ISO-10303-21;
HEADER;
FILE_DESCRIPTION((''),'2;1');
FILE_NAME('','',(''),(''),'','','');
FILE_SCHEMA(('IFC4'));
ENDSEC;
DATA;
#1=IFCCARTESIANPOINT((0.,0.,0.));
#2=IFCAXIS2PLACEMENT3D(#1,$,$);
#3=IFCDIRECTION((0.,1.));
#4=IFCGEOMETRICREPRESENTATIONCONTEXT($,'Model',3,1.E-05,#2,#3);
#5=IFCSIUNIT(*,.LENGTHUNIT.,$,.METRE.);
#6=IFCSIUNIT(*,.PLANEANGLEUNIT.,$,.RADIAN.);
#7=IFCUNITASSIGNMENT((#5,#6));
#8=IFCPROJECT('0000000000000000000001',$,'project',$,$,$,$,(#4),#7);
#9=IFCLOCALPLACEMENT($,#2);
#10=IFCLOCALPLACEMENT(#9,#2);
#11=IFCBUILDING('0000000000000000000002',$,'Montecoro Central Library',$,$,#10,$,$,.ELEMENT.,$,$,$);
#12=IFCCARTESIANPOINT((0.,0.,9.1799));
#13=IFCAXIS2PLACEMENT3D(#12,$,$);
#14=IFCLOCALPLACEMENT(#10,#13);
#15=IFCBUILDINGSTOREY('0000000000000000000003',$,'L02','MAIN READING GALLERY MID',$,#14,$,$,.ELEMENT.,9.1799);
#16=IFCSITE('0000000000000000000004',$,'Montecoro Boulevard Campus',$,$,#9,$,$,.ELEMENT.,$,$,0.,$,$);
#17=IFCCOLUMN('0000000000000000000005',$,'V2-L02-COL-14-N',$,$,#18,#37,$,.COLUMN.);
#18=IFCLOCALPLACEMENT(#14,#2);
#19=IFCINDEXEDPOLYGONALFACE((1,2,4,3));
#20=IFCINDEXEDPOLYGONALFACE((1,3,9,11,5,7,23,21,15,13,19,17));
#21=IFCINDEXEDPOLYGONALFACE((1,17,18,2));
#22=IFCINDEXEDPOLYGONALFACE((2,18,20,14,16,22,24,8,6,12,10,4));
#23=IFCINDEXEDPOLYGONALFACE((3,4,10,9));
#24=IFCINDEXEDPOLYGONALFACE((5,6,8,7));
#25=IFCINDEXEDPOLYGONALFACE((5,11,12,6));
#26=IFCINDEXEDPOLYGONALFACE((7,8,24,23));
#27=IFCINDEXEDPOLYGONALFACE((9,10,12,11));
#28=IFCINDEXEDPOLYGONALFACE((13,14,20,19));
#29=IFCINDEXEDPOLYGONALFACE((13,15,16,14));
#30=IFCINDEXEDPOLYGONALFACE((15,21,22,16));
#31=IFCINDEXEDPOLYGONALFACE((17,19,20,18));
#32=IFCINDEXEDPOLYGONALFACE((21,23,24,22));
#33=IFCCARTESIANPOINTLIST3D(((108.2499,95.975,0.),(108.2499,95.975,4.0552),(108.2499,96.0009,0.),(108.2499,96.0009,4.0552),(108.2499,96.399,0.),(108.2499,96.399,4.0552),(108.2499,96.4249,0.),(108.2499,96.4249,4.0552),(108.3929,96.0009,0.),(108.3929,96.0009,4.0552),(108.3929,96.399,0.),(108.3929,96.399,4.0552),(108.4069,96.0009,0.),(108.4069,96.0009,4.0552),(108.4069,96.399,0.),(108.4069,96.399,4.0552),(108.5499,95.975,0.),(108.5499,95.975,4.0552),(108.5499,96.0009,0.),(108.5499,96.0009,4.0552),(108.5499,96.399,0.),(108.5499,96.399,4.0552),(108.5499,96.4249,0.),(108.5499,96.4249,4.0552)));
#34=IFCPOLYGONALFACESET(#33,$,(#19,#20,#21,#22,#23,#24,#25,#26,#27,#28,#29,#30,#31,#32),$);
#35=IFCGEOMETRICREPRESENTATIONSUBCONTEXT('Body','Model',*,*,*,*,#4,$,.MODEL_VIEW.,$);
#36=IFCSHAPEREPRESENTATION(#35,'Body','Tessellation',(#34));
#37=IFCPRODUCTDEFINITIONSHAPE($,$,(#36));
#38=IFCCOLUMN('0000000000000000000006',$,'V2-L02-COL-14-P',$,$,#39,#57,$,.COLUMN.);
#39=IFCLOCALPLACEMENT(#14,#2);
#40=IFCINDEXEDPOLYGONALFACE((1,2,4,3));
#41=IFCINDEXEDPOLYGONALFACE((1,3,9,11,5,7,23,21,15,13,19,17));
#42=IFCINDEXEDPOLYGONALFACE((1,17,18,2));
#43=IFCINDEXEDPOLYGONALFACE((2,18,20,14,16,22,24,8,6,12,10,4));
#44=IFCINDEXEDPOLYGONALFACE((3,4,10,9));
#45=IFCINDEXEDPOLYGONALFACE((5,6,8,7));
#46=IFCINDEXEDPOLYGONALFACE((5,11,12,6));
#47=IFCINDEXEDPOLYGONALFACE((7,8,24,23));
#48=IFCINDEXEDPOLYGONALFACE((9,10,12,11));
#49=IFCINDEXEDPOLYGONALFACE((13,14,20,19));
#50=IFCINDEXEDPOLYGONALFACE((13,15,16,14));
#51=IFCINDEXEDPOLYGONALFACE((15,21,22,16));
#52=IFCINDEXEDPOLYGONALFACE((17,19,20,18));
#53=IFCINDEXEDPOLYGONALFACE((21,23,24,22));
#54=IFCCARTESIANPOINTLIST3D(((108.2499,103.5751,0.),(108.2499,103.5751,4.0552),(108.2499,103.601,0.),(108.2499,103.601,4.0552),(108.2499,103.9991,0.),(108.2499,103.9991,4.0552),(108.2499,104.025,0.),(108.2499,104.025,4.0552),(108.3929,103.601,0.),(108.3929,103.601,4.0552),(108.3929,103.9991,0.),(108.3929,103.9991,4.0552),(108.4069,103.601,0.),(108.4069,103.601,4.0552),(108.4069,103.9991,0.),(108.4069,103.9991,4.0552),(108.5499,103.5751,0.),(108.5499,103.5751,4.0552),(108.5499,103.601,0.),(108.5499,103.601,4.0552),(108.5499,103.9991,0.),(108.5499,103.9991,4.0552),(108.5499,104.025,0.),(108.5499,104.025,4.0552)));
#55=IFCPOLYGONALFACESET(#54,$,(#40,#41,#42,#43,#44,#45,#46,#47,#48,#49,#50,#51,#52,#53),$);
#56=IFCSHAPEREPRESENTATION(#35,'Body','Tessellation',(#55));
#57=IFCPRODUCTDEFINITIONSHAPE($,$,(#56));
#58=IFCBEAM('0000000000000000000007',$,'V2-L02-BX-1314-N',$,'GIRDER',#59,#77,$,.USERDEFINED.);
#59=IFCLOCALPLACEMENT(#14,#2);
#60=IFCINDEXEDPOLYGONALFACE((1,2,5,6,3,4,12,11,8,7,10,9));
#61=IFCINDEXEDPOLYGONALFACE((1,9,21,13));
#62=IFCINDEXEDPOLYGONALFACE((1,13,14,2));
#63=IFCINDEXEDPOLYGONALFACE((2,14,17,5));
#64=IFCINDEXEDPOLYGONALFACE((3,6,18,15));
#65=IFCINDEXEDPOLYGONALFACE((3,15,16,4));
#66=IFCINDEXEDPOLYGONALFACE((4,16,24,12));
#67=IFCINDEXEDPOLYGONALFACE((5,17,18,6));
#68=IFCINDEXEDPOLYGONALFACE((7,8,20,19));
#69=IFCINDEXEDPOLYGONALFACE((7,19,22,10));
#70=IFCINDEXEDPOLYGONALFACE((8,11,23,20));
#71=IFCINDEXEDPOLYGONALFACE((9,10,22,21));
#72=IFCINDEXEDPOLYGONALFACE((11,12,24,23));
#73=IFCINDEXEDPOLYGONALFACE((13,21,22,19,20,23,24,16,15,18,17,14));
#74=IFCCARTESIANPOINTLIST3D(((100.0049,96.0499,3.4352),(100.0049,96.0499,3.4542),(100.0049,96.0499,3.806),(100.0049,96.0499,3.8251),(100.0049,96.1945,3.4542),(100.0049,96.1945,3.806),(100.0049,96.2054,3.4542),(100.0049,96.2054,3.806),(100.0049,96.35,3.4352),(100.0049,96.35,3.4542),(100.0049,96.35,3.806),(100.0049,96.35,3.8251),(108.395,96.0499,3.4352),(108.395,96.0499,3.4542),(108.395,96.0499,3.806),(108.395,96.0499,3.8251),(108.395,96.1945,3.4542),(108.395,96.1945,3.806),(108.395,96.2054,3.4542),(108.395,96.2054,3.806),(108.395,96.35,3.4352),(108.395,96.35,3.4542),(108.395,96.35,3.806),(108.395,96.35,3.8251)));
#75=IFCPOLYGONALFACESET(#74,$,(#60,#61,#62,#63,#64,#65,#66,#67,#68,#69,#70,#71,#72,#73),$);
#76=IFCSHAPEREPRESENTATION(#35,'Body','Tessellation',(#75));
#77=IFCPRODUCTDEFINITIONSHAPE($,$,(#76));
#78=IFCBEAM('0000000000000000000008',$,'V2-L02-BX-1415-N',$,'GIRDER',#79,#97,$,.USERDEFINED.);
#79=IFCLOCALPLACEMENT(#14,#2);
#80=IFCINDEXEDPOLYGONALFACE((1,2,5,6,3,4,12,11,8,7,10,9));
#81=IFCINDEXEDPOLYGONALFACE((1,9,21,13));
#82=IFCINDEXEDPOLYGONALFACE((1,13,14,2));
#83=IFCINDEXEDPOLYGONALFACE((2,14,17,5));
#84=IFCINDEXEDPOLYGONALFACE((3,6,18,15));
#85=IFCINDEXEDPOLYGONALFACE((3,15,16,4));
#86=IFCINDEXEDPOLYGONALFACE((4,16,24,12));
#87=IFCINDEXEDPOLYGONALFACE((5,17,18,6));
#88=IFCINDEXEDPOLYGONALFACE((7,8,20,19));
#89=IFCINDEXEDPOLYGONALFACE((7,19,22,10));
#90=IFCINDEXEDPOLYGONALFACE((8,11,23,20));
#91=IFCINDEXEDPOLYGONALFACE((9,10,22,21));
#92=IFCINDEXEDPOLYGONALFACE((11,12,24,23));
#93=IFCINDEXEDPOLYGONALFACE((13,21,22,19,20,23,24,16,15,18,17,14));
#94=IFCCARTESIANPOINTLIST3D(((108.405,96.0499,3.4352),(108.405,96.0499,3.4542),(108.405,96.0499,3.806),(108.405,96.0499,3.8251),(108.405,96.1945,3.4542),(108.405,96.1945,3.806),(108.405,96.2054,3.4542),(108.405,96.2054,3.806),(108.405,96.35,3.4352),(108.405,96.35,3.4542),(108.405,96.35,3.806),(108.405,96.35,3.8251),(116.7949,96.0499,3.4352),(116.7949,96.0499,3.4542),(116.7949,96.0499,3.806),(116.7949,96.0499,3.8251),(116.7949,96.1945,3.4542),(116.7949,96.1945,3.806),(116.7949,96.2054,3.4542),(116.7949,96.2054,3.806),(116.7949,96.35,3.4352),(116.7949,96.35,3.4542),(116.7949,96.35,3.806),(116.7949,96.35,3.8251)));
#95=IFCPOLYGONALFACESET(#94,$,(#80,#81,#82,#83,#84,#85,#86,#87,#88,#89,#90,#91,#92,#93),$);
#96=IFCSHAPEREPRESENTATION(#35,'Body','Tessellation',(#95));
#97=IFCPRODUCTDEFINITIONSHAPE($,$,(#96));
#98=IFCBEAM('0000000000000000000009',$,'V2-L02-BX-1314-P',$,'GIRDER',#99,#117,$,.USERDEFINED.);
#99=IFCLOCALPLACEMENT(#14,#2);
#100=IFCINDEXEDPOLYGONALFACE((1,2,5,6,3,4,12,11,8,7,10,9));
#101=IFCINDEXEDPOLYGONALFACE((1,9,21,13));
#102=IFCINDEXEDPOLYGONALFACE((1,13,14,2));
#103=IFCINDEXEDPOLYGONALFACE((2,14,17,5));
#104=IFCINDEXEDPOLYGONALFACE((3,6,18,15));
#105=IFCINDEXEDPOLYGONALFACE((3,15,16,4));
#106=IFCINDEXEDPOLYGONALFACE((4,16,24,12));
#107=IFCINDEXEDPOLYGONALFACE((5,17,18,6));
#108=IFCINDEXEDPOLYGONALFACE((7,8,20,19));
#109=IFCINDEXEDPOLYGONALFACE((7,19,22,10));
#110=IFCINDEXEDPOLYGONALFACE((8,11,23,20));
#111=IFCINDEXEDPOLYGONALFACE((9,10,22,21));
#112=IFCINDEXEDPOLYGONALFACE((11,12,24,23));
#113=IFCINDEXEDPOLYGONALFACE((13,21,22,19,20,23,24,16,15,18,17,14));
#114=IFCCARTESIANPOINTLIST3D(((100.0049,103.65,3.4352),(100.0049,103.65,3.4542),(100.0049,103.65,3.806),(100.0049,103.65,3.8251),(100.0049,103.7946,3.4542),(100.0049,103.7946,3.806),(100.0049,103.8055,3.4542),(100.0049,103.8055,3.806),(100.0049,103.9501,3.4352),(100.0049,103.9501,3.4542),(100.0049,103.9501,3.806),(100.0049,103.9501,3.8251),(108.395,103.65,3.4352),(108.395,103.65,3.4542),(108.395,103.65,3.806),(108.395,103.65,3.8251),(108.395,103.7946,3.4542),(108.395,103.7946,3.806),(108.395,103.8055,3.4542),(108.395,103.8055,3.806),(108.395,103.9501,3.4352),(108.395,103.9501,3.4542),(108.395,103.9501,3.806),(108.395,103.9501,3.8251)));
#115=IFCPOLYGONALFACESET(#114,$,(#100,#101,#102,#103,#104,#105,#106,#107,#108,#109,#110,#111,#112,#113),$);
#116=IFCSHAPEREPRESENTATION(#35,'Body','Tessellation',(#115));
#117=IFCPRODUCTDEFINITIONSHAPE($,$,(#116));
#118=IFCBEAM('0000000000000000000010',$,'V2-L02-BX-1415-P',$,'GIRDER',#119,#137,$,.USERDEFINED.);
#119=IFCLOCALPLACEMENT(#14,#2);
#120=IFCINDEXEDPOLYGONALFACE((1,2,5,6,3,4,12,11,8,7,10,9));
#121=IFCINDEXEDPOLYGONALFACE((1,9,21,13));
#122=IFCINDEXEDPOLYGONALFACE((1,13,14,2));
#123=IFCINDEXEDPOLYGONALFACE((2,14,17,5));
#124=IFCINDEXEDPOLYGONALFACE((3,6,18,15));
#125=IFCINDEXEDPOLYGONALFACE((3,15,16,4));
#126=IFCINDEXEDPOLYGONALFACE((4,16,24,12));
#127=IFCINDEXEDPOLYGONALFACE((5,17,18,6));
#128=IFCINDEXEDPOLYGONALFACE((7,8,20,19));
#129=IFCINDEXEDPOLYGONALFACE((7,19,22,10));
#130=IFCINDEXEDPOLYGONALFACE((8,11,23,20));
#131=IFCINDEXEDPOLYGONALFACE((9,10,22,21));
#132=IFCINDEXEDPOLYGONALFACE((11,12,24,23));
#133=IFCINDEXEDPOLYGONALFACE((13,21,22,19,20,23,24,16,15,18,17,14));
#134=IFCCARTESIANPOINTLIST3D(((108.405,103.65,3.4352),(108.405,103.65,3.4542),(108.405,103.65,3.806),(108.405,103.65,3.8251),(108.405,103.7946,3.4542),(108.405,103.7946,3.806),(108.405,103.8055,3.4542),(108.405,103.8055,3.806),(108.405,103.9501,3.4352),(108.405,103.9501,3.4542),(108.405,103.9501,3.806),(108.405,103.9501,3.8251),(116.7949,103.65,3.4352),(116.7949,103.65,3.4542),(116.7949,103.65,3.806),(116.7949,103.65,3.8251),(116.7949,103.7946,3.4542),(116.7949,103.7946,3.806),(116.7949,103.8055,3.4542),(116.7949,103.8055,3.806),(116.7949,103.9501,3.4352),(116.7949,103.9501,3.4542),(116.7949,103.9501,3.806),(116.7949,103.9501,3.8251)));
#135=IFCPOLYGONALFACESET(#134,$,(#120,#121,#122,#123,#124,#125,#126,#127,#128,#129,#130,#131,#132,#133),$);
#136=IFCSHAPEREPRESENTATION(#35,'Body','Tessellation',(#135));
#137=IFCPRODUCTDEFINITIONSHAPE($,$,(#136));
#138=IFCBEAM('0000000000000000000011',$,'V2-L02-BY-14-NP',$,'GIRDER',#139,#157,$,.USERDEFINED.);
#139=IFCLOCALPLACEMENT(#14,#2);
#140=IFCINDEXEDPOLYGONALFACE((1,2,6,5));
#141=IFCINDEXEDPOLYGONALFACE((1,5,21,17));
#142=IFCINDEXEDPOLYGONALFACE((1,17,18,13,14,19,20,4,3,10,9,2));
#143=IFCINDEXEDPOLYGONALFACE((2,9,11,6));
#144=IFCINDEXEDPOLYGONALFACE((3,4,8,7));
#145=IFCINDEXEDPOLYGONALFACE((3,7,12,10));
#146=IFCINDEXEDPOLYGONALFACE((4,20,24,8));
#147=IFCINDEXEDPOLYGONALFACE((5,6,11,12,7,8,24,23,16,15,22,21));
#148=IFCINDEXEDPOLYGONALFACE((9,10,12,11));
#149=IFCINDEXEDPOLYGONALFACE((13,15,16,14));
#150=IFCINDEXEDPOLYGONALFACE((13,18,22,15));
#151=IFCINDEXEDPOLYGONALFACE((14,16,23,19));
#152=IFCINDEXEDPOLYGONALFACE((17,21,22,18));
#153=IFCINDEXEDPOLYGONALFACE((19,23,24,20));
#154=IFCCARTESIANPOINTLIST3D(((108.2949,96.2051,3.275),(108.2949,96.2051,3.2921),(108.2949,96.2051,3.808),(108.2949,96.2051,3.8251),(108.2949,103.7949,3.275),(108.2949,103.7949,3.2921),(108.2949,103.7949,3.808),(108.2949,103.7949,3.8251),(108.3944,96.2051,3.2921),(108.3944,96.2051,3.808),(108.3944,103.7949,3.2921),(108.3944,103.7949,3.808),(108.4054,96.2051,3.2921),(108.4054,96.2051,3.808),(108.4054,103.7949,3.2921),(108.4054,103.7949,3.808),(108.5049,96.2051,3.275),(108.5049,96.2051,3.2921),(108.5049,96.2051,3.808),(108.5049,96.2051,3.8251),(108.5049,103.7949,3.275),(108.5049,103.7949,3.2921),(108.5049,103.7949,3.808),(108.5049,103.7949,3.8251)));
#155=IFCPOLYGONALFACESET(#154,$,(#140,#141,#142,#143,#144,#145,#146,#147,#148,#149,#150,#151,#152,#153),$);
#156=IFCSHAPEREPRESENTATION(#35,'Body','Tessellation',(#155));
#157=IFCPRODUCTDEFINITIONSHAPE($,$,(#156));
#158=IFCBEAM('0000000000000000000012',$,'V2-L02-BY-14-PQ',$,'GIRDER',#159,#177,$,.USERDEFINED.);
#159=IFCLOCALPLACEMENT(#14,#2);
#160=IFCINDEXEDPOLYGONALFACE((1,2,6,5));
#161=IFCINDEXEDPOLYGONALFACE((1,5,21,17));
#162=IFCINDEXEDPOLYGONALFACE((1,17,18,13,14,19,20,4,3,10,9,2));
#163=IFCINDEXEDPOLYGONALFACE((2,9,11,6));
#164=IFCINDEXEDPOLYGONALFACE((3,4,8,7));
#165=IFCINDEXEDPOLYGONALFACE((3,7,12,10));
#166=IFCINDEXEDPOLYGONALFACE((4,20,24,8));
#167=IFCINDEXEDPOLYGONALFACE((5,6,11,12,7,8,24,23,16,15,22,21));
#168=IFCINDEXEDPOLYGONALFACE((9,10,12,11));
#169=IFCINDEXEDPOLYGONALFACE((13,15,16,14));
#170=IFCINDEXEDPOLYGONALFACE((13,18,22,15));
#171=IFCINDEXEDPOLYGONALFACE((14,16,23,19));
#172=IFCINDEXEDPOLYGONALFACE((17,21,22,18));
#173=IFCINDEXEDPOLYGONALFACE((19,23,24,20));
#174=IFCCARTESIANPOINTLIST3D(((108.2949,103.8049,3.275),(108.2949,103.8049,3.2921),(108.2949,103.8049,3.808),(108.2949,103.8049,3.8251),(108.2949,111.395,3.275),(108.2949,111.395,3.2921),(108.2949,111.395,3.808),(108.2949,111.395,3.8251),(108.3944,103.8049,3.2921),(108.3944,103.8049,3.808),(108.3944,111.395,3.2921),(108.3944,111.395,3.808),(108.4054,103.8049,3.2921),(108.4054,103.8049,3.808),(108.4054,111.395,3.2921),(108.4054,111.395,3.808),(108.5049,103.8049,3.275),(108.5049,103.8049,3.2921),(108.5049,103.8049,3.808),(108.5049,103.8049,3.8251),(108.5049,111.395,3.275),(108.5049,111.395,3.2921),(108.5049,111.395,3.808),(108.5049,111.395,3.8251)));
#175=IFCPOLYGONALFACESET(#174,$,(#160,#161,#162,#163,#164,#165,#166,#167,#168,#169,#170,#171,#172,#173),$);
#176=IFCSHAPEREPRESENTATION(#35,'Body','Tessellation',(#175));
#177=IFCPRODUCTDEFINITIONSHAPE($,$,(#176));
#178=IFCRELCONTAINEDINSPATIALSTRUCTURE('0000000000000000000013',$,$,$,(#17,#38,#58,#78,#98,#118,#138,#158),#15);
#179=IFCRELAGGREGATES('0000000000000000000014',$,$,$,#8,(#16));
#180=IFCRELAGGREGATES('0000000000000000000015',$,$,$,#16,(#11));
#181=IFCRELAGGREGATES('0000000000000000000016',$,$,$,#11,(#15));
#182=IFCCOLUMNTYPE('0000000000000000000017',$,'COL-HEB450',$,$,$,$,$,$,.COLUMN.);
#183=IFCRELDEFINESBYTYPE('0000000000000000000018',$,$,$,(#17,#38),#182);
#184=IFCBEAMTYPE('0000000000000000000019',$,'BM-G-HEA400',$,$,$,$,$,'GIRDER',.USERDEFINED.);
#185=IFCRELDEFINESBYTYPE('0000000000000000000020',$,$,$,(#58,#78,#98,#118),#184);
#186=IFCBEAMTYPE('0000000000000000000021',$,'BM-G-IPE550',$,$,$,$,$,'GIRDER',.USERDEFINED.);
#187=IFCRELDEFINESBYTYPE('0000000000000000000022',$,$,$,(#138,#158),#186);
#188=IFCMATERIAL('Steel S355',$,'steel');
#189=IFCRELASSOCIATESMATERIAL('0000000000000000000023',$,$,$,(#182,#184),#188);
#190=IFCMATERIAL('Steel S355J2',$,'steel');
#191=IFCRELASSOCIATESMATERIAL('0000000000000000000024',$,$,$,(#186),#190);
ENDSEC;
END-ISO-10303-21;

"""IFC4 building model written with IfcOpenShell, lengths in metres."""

from ifc_helpers import new_model, si_unit, direction, frame, origin, origin_2d, place, context, subcontext, project, spatial, i_section, extrude, material, material_profile, profile_set, type_object, element, save


model = new_model("IFC4")

# Units and contexts
model_context = context("Model", 3, precision=1e-05, world=origin(), true_north=direction((0.0, 1.0)))
body_context = subcontext(model_context, "Body", "Model", "MODEL_VIEW")
ifc_project = project(units=[si_unit("LENGTHUNIT", "METRE"), si_unit("PLANEANGLEUNIT", "RADIAN")], contexts=[model_context])

# Site, building, storey
site_placement = place(None, origin())
site = spatial("IfcSite", under=ifc_project, at=site_placement, Name="Montecoro Boulevard Campus", CompositionType="ELEMENT", RefElevation=0.0)
building_placement = place(site_placement, origin())
building = spatial("IfcBuilding", under=site, at=building_placement, Name="Montecoro Central Library", CompositionType="ELEMENT")
storey_placement = place(building_placement, frame((0.0, 0.0, 9.1799)))
storey = spatial("IfcBuildingStorey", under=building, at=storey_placement, Name="L02", Description="MAIN READING GALLERY MID", CompositionType="ELEMENT", Elevation=9.1799)

# Columns
ifc_material_1 = material(Name="Steel S355", Category="steel")
ifc_material_profile_1 = material_profile(ifc_material_1, i_section(OverallWidth=0.3, OverallDepth=0.45, WebThickness=0.0139, FlangeThickness=0.0259, at=origin_2d()), Name="HEB 450")
ifc_profile_set_1 = profile_set([ifc_material_profile_1], Name="Steel S355")
column_type = type_object("IfcColumnType", Name="COL-HEB450", PredefinedType="COLUMN", material=ifc_profile_set_1)
for number, where, z_axis, x_axis, name in (
    (1, (108.3999, 96.2, 0.0), (0.0, 0.0, 1.0), (1.0, 0.0, 0.0), "V2-L02-COL-14-N"),
    (2, (108.3999, 103.8, 0.0), (0.0, 0.0, 1.0), (1.0, 0.0, 0.0), "V2-L02-COL-14-P"),
):
    element("IfcColumn", number, at=place(storey_placement, frame(where, z_axis=z_axis, x_axis=x_axis)), inside=storey, type_object=column_type, Name=name, PredefinedType="COLUMN", context=body_context, shape_type="SweptSolid", body=[
        extrude(i_section(OverallWidth=0.3, OverallDepth=0.45, WebThickness=0.0139, FlangeThickness=0.0259, at=origin_2d()), origin(), (0.0, 0.0, 1.0), 4.0552),
    ])

# Beams
ifc_material_profile_2 = material_profile(ifc_material_1, i_section(OverallWidth=0.3, OverallDepth=0.3899, WebThickness=0.011, FlangeThickness=0.019, at=origin_2d()), Name="HEA 400")
ifc_profile_set_2 = profile_set([ifc_material_profile_2], Name="Steel S355")
beam_type_1 = type_object("IfcBeamType", Name="BM-G-HEA400", ElementType="GIRDER", PredefinedType="USERDEFINED", material=ifc_profile_set_2)
beam_1_placement = place(storey_placement, frame((100.0049, 96.2, 3.6301), z_axis=(1.0, 0.0, 0.0), x_axis=(0.0, 1.0, 0.0)))
element("IfcBeam", 3, at=beam_1_placement, inside=storey, type_object=beam_type_1, Name="V2-L02-BX-1314-N", ObjectType="GIRDER", PredefinedType="USERDEFINED", context=body_context, shape_type="SweptSolid", body=[
    extrude(i_section(OverallWidth=0.3, OverallDepth=0.3899, WebThickness=0.011, FlangeThickness=0.019, at=origin_2d()), origin(), (0.0, 0.0, 1.0), 8.3901),
])
beam_2_placement = place(storey_placement, frame((108.405, 96.2, 3.6301), z_axis=(1.0, 0.0, 0.0), x_axis=(0.0, 1.0, 0.0)))
element("IfcBeam", 4, at=beam_2_placement, inside=storey, type_object=beam_type_1, Name="V2-L02-BX-1415-N", ObjectType="GIRDER", PredefinedType="USERDEFINED", context=body_context, shape_type="SweptSolid", body=[
    extrude(i_section(OverallWidth=0.3, OverallDepth=0.3899, WebThickness=0.011, FlangeThickness=0.019, at=origin_2d()), origin(), (0.0, 0.0, 1.0), 8.3899),
])
beam_3_placement = place(storey_placement, frame((100.0049, 103.8, 3.6301), z_axis=(1.0, 0.0, 0.0), x_axis=(0.0, 1.0, 0.0)))
element("IfcBeam", 5, at=beam_3_placement, inside=storey, type_object=beam_type_1, Name="V2-L02-BX-1314-P", ObjectType="GIRDER", PredefinedType="USERDEFINED", context=body_context, shape_type="SweptSolid", body=[
    extrude(i_section(OverallWidth=0.3, OverallDepth=0.3899, WebThickness=0.011, FlangeThickness=0.019, at=origin_2d()), origin(), (0.0, 0.0, 1.0), 8.3901),
])
beam_4_placement = place(storey_placement, frame((108.405, 103.8, 3.6301), z_axis=(1.0, 0.0, 0.0), x_axis=(0.0, 1.0, 0.0)))
element("IfcBeam", 6, at=beam_4_placement, inside=storey, type_object=beam_type_1, Name="V2-L02-BX-1415-P", ObjectType="GIRDER", PredefinedType="USERDEFINED", context=body_context, shape_type="SweptSolid", body=[
    extrude(i_section(OverallWidth=0.3, OverallDepth=0.3899, WebThickness=0.011, FlangeThickness=0.019, at=origin_2d()), origin(), (0.0, 0.0, 1.0), 8.3899),
])
ifc_material_2 = material(Name="Steel S355J2", Category="steel")
ifc_material_profile_3 = material_profile(ifc_material_2, i_section(OverallWidth=0.21, OverallDepth=0.55, WebThickness=0.011, FlangeThickness=0.0171, at=origin_2d()), Name="IPE 550")
ifc_profile_set_3 = profile_set([ifc_material_profile_3], Name="Steel S355J2")
beam_type_2 = type_object("IfcBeamType", Name="BM-G-IPE550", ElementType="GIRDER", PredefinedType="USERDEFINED", material=ifc_profile_set_3)
beam_5_placement = place(storey_placement, frame((108.3999, 96.2051, 3.55), z_axis=(0.0, 1.0, 0.0), x_axis=(-1.0, 0.0, 0.0)))
element("IfcBeam", 7, at=beam_5_placement, inside=storey, type_object=beam_type_2, Name="V2-L02-BY-14-NP", ObjectType="GIRDER", PredefinedType="USERDEFINED", context=body_context, shape_type="SweptSolid", body=[
    extrude(i_section(OverallWidth=0.21, OverallDepth=0.55, WebThickness=0.011, FlangeThickness=0.0171, at=origin_2d()), origin(), (0.0, 0.0, 1.0), 7.5898),
])
beam_6_placement = place(storey_placement, frame((108.3999, 103.8049, 3.55), z_axis=(0.0, 1.0, 0.0), x_axis=(-1.0, 0.0, 0.0)))
element("IfcBeam", 8, at=beam_6_placement, inside=storey, type_object=beam_type_2, Name="V2-L02-BY-14-PQ", ObjectType="GIRDER", PredefinedType="USERDEFINED", context=body_context, shape_type="SweptSolid", body=[
    extrude(i_section(OverallWidth=0.21, OverallDepth=0.55, WebThickness=0.011, FlangeThickness=0.0171, at=origin_2d()), origin(), (0.0, 0.0, 1.0), 7.5901),
])

save(model, "model.ifc")
